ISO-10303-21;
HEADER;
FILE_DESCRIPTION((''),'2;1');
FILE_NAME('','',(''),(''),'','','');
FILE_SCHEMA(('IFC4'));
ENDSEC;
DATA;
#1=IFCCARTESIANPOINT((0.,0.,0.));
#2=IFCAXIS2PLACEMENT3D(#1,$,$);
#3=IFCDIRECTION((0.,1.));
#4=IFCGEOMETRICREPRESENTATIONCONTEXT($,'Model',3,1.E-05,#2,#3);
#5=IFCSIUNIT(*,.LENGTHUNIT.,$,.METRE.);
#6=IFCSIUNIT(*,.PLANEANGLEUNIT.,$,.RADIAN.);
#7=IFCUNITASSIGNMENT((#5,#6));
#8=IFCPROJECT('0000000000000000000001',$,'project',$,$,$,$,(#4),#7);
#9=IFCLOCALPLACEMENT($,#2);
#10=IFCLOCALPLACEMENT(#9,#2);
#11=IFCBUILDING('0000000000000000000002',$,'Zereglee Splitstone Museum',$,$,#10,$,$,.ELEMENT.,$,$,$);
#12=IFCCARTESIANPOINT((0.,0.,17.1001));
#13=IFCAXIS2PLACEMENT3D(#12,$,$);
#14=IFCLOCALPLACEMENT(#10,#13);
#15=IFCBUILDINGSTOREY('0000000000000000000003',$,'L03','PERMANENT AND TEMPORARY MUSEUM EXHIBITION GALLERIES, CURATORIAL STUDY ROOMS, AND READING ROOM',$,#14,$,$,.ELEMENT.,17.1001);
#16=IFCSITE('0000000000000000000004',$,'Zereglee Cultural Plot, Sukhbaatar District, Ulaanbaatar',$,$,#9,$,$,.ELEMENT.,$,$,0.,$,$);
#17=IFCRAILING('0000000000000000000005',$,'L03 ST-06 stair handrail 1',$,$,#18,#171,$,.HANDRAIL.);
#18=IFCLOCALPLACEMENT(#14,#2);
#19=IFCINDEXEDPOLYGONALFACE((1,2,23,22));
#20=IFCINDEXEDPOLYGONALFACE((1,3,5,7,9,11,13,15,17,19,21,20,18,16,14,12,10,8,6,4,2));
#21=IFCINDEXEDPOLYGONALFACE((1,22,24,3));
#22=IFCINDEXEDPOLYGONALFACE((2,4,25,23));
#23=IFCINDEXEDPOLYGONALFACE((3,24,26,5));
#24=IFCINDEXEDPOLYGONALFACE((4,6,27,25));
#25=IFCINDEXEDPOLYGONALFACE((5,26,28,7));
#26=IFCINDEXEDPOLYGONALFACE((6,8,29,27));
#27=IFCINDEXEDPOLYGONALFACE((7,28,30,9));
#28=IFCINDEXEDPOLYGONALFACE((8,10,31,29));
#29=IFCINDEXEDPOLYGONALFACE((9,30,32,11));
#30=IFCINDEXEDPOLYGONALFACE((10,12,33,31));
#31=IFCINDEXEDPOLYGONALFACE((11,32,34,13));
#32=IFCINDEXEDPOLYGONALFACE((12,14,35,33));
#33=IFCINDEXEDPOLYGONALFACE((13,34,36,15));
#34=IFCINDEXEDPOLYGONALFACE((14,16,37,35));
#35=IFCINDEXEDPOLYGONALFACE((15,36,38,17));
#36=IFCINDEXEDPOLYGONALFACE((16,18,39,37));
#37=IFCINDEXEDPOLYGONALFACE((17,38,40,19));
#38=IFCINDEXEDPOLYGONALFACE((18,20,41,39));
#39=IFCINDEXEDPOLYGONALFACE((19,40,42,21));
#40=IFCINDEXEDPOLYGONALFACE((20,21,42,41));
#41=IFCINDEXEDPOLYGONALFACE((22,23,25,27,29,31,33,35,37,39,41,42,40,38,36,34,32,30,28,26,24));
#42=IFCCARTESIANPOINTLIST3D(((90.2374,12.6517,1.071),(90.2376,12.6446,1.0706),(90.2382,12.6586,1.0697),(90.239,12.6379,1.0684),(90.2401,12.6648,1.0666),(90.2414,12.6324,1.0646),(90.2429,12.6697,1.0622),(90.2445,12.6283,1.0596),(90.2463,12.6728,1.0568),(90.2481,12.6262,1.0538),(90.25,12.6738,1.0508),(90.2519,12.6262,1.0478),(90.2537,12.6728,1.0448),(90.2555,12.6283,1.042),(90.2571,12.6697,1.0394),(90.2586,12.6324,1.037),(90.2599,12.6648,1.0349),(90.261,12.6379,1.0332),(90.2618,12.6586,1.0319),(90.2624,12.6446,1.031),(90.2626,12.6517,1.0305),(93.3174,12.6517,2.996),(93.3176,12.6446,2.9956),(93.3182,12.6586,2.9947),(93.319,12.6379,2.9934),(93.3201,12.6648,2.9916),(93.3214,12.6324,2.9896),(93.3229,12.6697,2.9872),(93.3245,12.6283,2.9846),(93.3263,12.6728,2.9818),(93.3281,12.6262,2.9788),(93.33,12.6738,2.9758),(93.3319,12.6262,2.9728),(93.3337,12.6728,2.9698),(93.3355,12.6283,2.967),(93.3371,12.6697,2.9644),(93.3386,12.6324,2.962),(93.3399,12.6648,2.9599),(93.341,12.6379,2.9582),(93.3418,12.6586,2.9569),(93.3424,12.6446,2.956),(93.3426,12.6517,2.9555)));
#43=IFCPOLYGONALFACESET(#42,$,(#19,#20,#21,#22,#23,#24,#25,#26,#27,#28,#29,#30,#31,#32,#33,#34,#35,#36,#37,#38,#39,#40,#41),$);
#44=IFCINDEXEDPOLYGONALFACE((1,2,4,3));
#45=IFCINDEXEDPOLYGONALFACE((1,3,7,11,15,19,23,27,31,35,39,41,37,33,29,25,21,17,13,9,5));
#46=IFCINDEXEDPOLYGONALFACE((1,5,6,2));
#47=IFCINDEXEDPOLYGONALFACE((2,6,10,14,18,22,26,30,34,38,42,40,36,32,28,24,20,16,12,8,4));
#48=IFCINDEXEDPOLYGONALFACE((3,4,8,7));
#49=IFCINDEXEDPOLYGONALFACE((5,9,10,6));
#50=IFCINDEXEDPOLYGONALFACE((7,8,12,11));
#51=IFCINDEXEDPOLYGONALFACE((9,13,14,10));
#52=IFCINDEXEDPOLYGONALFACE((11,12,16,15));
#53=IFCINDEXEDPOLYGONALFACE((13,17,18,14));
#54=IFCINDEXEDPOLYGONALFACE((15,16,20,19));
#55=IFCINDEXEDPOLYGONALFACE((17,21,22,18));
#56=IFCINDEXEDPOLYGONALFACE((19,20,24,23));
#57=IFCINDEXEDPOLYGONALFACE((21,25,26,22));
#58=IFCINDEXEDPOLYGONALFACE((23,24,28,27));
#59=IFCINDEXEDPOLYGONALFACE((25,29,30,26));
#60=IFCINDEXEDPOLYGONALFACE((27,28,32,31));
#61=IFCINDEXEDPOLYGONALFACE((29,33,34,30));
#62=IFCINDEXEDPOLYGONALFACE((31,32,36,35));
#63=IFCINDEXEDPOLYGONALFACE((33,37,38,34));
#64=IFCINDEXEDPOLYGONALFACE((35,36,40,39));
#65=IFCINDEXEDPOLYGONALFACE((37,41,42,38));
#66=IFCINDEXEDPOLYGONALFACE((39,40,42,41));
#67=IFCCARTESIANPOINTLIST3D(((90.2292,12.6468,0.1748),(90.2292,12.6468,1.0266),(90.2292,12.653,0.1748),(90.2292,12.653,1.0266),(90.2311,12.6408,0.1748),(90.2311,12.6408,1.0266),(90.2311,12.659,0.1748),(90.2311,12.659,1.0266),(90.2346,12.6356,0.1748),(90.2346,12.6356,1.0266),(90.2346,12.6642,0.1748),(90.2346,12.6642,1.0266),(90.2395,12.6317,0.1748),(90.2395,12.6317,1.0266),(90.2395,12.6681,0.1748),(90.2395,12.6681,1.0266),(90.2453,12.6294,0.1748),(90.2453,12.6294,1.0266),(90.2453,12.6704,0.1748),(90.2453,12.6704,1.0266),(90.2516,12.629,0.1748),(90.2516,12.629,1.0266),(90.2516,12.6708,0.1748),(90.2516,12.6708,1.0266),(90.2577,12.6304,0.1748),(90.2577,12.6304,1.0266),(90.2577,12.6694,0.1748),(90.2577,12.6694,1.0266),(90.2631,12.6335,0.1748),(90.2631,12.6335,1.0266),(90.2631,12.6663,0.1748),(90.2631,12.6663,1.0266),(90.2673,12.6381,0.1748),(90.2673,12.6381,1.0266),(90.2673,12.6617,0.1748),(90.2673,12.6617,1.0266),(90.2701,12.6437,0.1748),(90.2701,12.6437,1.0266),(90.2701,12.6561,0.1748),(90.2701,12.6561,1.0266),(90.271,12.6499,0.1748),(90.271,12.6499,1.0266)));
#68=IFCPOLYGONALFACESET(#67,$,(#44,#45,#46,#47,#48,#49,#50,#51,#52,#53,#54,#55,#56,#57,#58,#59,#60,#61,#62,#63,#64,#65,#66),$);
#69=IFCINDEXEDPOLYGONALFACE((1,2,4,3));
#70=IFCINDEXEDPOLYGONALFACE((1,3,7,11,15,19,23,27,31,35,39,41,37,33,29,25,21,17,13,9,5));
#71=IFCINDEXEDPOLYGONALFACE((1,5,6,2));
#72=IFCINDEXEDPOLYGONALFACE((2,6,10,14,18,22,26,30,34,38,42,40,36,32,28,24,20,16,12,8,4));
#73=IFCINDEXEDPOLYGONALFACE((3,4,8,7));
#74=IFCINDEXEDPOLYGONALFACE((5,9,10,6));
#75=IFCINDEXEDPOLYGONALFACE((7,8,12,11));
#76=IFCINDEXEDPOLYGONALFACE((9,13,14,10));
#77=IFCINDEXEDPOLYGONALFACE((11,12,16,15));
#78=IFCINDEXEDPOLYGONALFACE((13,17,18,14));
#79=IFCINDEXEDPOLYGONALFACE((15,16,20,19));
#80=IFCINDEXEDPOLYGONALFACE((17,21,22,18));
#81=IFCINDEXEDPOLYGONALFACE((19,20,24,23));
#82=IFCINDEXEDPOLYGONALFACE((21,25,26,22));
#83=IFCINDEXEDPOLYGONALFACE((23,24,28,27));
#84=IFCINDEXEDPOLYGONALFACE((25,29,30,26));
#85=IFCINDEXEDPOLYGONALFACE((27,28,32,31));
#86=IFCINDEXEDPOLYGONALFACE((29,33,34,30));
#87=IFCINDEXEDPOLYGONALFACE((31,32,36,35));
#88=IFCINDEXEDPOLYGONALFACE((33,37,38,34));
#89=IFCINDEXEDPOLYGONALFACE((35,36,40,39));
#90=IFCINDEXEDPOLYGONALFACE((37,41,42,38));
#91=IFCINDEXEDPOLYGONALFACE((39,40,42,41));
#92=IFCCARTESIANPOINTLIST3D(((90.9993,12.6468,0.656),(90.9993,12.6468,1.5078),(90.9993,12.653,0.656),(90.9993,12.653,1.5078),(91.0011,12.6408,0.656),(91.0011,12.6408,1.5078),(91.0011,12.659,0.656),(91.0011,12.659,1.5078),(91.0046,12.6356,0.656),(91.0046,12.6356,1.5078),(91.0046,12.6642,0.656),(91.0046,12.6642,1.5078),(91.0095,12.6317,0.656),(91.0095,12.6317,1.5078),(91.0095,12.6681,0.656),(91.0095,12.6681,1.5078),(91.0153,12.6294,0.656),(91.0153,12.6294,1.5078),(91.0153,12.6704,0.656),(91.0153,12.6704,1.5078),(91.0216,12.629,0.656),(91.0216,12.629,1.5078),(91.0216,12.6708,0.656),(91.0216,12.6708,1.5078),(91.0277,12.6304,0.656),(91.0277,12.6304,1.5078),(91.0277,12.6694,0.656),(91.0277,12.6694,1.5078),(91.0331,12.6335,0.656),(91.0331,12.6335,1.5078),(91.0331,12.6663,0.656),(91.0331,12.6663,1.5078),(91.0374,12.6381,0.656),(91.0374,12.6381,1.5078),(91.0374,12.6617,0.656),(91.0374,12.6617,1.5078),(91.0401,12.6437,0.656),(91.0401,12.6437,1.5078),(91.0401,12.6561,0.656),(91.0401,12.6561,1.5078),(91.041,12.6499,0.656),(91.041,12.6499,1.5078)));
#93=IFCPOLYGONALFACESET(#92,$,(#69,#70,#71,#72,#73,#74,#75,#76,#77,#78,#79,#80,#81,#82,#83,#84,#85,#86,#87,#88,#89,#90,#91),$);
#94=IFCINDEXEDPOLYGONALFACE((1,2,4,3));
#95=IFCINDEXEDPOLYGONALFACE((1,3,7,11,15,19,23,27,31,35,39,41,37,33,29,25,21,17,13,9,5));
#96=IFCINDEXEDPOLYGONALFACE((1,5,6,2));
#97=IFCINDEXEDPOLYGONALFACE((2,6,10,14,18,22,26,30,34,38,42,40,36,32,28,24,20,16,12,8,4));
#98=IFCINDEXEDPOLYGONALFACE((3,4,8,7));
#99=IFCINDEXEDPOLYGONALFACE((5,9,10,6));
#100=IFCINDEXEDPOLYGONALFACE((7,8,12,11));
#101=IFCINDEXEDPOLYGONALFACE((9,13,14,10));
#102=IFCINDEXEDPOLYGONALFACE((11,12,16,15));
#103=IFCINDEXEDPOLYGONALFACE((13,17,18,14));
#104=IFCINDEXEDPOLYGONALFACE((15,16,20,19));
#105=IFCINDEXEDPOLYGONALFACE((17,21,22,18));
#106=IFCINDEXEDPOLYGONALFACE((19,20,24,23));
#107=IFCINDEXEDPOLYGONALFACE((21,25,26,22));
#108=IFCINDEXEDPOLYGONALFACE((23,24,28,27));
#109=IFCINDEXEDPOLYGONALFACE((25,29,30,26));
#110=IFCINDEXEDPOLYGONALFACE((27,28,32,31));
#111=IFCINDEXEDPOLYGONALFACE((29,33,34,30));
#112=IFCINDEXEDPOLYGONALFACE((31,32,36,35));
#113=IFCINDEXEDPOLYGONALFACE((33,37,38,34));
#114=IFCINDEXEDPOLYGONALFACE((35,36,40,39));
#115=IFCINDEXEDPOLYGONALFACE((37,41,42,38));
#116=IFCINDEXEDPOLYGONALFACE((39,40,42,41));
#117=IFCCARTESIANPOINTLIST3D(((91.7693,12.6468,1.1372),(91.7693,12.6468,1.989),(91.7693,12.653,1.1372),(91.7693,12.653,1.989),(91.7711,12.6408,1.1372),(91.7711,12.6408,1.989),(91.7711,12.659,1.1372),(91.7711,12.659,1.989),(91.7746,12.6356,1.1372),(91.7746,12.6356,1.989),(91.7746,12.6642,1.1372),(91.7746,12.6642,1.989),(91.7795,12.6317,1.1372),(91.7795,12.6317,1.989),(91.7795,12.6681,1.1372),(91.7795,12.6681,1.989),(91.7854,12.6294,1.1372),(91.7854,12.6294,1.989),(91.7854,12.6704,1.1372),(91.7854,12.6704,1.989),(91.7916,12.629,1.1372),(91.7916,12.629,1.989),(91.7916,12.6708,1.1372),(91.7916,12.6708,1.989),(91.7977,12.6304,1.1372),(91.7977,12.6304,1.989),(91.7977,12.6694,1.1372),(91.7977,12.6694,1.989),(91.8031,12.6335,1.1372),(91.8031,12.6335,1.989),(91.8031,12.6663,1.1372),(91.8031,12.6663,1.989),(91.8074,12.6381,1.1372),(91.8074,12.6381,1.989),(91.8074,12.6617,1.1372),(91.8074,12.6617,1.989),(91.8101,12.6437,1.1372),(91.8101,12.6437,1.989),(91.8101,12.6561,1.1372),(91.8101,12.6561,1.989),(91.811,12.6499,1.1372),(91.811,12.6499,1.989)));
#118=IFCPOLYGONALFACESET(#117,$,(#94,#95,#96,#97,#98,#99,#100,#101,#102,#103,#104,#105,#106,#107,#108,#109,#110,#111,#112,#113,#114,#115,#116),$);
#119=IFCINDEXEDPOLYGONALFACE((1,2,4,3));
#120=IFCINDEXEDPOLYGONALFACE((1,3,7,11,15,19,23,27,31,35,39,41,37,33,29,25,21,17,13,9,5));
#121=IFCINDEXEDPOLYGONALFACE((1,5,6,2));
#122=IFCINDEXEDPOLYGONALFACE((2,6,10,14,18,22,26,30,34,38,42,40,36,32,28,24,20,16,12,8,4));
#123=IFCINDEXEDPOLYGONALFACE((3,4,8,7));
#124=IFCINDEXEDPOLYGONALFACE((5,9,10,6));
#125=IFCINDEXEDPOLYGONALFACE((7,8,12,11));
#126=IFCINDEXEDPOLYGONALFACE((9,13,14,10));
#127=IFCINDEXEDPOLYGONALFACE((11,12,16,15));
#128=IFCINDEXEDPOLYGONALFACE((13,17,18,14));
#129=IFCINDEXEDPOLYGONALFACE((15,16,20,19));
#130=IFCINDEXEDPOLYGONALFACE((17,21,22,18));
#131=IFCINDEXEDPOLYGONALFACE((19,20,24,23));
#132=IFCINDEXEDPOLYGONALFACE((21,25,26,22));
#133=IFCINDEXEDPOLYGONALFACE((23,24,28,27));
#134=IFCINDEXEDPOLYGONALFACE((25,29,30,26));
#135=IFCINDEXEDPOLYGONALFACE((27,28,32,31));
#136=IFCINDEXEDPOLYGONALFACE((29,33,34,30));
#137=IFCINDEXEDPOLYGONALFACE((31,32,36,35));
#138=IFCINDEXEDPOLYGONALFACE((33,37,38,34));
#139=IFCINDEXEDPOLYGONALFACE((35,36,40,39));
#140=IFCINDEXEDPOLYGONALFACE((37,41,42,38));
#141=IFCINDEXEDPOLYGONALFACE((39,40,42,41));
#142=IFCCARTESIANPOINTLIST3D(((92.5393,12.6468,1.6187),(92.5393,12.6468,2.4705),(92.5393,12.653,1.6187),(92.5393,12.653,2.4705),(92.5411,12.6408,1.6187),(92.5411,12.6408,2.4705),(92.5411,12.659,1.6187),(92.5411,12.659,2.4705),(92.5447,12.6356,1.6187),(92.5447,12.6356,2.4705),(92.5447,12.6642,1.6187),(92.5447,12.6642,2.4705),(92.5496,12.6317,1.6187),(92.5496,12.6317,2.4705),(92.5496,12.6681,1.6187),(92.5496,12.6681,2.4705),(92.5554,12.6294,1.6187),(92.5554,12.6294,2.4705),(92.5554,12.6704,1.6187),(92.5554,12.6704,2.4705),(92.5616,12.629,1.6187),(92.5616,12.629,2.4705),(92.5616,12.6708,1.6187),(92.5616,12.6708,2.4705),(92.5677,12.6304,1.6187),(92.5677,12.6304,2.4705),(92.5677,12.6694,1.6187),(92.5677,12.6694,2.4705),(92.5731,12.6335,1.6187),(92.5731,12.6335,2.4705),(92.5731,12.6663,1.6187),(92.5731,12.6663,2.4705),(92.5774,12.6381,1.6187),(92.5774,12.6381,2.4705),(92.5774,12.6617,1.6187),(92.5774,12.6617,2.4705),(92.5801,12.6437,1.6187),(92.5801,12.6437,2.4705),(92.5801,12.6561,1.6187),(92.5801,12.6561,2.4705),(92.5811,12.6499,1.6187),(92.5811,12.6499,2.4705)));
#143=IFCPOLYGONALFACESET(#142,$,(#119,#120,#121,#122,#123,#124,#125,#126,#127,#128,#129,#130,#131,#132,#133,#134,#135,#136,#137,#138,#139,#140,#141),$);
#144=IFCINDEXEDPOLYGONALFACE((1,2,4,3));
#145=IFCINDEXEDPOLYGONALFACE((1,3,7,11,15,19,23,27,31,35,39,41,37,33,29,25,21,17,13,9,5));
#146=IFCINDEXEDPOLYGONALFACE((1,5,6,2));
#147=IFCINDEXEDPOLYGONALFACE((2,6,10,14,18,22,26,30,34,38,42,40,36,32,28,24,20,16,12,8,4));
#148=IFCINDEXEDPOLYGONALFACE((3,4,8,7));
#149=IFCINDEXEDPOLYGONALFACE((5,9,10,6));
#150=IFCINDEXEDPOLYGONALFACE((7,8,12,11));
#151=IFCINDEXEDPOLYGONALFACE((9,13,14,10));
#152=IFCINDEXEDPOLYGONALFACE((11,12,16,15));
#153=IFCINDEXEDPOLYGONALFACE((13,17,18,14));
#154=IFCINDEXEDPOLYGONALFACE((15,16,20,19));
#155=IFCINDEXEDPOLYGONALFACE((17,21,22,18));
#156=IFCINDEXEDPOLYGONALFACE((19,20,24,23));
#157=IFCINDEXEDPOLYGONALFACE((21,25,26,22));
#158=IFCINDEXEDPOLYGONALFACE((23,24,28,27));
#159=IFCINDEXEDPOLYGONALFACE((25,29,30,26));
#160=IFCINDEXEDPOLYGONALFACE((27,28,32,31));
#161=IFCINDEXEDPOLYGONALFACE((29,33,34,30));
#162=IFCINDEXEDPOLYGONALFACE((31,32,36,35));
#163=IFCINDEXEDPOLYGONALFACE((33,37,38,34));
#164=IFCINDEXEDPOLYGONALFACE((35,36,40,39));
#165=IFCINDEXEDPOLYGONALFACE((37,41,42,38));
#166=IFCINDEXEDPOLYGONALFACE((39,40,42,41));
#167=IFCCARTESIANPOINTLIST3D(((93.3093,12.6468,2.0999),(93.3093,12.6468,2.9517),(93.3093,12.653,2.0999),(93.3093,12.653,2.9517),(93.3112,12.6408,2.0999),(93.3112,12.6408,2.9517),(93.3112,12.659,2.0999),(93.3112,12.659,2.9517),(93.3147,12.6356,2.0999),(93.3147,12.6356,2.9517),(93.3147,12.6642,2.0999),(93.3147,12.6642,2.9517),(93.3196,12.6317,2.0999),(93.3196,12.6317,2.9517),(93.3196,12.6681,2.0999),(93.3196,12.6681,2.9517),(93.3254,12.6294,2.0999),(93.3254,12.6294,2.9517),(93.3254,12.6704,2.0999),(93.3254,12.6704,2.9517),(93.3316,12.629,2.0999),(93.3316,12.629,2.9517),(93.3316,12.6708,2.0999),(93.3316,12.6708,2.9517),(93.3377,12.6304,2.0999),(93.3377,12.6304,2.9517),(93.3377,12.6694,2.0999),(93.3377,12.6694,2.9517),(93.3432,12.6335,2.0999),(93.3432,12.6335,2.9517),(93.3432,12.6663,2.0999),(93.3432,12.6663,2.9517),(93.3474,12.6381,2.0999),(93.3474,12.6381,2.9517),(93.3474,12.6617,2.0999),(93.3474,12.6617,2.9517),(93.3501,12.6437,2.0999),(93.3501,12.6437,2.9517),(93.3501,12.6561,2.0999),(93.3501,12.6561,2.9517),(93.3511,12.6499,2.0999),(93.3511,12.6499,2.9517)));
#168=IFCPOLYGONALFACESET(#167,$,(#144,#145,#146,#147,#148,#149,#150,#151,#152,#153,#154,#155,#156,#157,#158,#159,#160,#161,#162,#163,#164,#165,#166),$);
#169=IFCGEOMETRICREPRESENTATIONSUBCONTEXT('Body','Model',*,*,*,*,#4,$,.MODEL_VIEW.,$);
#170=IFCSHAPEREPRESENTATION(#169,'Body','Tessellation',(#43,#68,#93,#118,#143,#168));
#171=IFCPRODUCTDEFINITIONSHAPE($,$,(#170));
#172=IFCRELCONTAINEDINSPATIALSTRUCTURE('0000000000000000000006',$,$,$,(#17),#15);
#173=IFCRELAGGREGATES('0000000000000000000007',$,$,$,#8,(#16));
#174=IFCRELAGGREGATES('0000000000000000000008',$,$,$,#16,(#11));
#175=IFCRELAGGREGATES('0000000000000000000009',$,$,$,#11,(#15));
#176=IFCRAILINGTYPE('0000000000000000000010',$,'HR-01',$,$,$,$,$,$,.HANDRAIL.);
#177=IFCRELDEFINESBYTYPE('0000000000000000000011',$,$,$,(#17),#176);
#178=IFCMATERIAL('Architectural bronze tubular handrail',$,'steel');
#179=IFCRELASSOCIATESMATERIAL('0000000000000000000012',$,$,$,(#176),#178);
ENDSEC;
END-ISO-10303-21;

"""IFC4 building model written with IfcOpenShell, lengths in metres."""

from ifc_helpers import new_model, si_unit, direction, frame, origin, origin_2d, place, context, subcontext, project, spatial, circle, extrude, material, type_object, element, save


model = new_model("IFC4")

# Units and contexts
model_context = context("Model", 3, precision=1e-05, world=origin(), true_north=direction((0.0, 1.0)))
body_context = subcontext(model_context, "Body", "Model", "MODEL_VIEW")
ifc_project = project(units=[si_unit("LENGTHUNIT", "METRE"), si_unit("PLANEANGLEUNIT", "RADIAN")], contexts=[model_context])

# Site, building, storey
site_placement = place(None, origin())
site = spatial("IfcSite", under=ifc_project, at=site_placement, Name="Zereglee Cultural Plot, Sukhbaatar District, Ulaanbaatar", CompositionType="ELEMENT", RefElevation=0.0)
building_placement = place(site_placement, origin())
building = spatial("IfcBuilding", under=site, at=building_placement, Name="Zereglee Splitstone Museum", CompositionType="ELEMENT")
storey_placement = place(building_placement, frame((0.0, 0.0, 17.1001)))
storey = spatial("IfcBuildingStorey", under=building, at=storey_placement, Name="L03", Description="PERMANENT AND TEMPORARY MUSEUM EXHIBITION GALLERIES, CURATORIAL STUDY ROOMS, AND READING ROOM", CompositionType="ELEMENT", Elevation=17.1001)

# Railing
ifc_material_1 = material(Name="Architectural bronze tubular handrail", Category="steel")
railing_type_1 = type_object("IfcRailingType", Name="HR-01", PredefinedType="HANDRAIL", material=ifc_material_1)
railing_1_placement = place(storey_placement, frame((90.25, 12.6499, 0.1748)))
element("IfcRailing", 1, at=railing_1_placement, inside=storey, type_object=railing_type_1, Name="L03 ST-06 stair handrail 1", PredefinedType="HANDRAIL", context=body_context, shape_type="SweptSolid", body=[
    extrude(circle(Radius=0.0239, at=origin_2d()), frame((0.0, 0.0, 0.876), z_axis=(0.847998, 0.0, 0.529999), x_axis=(0.0, 1.0, 0.0)), (0.0, 0.0, 1.0), 3.6321),
    extrude(circle(Radius=0.021, at=origin_2d()), origin(), (0.0, 0.0, 1.0), 0.8518),
    extrude(circle(Radius=0.021, at=origin_2d()), frame((0.77, 0.0, 0.4812)), (0.0, 0.0, 1.0), 0.8518),
    extrude(circle(Radius=0.021, at=origin_2d()), frame((1.54, 0.0, 0.9624)), (0.0, 0.0, 1.0), 0.8518),
    extrude(circle(Radius=0.021, at=origin_2d()), frame((2.3101, 0.0, 1.4438)), (0.0, 0.0, 1.0), 0.8518),
    extrude(circle(Radius=0.021, at=origin_2d()), frame((3.0801, 0.0, 1.925)), (0.0, 0.0, 1.0), 0.8518),
])

save(model, "model.ifc")
